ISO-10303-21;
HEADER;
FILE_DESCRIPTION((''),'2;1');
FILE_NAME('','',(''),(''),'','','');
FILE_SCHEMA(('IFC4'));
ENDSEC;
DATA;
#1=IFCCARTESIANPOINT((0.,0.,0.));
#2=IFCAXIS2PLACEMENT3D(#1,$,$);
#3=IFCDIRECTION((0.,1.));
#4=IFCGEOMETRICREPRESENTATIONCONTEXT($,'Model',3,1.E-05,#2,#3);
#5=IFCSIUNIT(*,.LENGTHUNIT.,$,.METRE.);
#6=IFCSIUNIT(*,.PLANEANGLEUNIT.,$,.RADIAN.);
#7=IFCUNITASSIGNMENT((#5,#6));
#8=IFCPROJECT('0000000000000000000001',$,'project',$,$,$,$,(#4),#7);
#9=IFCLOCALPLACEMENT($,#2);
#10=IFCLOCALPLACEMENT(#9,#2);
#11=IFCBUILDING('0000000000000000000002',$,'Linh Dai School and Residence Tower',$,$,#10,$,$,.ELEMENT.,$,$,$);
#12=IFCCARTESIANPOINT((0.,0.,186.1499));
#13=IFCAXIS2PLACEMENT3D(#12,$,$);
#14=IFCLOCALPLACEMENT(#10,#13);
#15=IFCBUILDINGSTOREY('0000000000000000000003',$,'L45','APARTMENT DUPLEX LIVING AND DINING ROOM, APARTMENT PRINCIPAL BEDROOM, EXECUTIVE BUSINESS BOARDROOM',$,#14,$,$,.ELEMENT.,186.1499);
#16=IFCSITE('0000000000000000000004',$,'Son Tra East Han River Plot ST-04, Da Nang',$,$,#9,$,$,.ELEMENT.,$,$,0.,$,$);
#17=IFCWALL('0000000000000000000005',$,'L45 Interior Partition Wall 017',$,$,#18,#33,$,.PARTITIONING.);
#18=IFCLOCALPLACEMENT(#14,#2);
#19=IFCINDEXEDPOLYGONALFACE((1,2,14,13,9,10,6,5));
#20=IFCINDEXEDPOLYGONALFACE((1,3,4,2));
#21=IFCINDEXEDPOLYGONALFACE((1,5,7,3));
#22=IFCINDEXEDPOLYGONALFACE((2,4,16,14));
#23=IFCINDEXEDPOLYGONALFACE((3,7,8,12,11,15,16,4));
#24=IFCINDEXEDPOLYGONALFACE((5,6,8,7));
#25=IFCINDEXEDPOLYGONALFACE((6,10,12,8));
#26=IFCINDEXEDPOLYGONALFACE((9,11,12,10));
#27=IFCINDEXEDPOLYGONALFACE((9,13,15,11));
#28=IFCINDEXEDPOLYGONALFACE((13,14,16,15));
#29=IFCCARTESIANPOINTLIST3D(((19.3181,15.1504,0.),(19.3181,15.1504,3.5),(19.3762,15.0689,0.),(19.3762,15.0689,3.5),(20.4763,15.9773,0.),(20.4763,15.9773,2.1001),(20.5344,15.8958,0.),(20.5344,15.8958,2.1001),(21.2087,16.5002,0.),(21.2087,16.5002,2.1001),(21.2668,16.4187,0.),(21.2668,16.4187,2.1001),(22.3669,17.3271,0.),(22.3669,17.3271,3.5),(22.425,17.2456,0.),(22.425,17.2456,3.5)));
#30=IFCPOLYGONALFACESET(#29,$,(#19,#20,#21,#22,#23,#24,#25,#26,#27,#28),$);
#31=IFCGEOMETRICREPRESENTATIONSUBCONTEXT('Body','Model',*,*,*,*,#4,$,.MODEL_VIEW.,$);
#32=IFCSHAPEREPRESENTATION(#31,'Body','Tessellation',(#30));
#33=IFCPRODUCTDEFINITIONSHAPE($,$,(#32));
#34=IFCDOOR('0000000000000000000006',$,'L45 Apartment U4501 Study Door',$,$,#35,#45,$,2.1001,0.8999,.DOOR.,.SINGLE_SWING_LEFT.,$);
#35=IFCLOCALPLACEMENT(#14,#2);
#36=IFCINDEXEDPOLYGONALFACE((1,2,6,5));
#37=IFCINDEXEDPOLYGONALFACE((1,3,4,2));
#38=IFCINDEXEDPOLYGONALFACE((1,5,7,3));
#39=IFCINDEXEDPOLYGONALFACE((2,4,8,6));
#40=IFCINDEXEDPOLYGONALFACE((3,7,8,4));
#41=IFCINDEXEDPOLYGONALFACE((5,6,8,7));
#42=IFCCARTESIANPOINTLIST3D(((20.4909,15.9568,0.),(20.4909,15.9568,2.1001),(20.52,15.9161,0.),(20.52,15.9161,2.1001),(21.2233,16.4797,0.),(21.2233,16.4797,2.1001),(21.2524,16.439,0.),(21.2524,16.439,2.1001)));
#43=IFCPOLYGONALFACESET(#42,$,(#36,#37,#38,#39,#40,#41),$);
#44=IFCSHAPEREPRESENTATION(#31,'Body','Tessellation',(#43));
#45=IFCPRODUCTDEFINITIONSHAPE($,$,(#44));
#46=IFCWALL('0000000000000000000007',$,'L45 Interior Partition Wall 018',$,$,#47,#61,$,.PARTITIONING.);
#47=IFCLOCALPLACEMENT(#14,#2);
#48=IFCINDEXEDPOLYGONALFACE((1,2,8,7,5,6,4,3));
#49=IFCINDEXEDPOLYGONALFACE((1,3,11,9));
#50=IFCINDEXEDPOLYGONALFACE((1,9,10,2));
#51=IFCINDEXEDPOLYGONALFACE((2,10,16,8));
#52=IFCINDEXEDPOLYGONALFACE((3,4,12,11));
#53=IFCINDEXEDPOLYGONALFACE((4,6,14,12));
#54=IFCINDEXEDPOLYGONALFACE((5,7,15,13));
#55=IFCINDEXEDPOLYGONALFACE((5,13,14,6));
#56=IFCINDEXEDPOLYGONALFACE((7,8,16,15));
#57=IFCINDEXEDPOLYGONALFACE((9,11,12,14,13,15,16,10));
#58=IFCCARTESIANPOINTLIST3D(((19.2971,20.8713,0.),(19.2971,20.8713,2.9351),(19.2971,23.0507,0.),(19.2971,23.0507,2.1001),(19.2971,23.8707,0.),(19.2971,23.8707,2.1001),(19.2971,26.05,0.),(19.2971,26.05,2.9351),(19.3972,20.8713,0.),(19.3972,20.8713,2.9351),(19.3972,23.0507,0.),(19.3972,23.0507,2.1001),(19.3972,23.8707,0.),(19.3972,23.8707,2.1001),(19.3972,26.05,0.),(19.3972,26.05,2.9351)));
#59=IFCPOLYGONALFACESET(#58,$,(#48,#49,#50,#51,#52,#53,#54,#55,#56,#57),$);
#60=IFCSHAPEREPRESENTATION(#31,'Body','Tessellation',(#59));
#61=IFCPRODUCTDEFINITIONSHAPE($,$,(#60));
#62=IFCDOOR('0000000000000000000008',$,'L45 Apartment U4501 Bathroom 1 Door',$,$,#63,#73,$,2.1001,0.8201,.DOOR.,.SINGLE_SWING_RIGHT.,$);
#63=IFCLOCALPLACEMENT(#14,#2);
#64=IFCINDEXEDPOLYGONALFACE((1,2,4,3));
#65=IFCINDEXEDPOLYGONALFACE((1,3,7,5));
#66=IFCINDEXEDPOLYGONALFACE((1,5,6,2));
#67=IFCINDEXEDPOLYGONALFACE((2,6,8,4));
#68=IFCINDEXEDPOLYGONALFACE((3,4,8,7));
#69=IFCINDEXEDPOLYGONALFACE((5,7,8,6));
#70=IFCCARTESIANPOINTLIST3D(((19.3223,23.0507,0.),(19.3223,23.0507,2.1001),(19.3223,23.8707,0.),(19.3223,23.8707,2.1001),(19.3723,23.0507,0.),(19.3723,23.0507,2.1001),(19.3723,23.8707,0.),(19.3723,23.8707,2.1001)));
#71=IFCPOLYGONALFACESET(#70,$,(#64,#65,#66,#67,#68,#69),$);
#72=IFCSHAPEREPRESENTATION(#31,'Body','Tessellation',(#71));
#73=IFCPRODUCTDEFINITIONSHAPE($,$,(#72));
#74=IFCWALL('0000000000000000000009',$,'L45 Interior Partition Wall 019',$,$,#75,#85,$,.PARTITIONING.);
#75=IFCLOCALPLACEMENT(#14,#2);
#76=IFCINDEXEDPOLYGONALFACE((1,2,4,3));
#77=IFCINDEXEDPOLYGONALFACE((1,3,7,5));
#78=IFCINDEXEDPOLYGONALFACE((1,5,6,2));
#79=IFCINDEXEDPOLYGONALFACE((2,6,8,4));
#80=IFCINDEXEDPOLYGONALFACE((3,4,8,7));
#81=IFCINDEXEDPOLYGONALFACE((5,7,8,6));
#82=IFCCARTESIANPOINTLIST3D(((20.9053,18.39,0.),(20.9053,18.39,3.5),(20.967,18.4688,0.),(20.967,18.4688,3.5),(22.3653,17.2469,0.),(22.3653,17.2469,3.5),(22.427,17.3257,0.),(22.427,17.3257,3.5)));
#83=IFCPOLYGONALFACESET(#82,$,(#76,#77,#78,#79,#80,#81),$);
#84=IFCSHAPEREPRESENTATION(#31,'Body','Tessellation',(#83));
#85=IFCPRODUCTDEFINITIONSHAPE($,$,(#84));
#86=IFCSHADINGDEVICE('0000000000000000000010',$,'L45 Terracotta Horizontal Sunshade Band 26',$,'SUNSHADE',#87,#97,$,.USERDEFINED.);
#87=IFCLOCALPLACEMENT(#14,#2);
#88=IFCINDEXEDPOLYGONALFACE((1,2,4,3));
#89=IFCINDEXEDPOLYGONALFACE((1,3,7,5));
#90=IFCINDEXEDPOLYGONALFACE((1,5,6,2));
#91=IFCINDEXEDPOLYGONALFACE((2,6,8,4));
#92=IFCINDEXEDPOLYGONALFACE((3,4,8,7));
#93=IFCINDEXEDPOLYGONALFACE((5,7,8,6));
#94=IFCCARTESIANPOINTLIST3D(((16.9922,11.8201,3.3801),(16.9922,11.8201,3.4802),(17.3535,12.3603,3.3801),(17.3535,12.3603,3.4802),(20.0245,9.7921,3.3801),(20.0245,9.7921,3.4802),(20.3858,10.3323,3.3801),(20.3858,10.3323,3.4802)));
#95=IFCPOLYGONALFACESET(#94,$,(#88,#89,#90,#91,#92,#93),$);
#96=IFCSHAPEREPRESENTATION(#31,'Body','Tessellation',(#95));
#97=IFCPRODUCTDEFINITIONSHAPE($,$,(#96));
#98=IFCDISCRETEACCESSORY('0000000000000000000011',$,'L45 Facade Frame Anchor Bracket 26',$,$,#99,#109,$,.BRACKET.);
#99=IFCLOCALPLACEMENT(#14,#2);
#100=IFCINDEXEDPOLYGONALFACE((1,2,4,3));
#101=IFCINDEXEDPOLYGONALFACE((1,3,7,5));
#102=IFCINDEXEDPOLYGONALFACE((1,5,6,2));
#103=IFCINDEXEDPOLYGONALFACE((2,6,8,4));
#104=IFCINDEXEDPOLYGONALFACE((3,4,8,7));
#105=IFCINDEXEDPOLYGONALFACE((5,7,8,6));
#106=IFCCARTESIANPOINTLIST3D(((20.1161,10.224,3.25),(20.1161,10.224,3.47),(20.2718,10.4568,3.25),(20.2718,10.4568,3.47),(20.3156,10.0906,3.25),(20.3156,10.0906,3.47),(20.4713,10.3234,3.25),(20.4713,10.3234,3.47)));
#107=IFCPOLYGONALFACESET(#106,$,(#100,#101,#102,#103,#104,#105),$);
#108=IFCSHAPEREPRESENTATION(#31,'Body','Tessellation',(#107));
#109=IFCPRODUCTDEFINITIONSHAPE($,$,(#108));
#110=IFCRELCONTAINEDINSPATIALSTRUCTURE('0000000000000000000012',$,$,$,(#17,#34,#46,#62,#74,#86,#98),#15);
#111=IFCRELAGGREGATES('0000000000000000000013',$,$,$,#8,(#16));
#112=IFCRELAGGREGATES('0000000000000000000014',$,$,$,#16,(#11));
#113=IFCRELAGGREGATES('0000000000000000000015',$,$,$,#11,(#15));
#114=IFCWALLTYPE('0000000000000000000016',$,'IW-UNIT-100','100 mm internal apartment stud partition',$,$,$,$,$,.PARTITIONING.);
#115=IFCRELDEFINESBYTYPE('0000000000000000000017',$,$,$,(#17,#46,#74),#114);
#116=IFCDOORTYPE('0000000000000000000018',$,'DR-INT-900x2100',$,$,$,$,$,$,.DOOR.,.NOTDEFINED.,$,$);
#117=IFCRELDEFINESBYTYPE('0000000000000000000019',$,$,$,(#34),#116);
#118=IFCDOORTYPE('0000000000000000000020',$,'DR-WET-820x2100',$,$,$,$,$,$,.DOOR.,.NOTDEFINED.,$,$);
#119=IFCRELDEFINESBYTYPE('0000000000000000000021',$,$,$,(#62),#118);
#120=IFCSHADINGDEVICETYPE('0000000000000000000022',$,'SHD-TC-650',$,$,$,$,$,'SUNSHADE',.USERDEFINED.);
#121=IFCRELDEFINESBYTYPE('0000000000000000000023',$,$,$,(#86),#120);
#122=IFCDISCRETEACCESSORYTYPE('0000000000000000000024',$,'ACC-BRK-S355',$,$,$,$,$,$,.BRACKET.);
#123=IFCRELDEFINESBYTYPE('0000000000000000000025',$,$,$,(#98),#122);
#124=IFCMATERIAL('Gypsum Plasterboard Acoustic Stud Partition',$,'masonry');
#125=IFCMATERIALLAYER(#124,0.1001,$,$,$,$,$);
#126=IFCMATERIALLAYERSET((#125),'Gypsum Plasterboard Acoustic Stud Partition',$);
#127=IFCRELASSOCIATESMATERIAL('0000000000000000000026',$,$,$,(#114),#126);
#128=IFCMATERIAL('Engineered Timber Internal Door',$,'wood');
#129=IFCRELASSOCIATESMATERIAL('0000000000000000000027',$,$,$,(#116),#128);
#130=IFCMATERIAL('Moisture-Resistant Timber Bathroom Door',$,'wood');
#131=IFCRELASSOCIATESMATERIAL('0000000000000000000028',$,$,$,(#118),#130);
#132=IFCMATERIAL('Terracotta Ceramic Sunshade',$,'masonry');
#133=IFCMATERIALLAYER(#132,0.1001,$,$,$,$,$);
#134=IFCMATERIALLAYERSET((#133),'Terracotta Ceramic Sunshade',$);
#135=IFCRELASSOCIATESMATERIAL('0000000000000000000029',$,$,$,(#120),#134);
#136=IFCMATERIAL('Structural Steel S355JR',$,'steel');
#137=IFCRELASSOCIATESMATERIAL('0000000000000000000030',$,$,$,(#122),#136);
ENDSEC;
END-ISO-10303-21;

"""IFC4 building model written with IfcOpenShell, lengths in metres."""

from ifc_helpers import new_model, si_unit, direction, frame, frame_2d, origin, origin_2d, place, context, subcontext, project, spatial, rectangle, extrude, source, transform, mapped, material, layer, layer_set, type_object, element, fill, save


model = new_model("IFC4")

# Units and contexts
model_context = context("Model", 3, precision=1e-05, world=origin(), true_north=direction((0.0, 1.0)))
body_context = subcontext(model_context, "Body", "Model", "MODEL_VIEW")
ifc_project = project(units=[si_unit("LENGTHUNIT", "METRE"), si_unit("PLANEANGLEUNIT", "RADIAN")], contexts=[model_context])

# Site, building, storey
site_placement = place(None, origin())
site = spatial("IfcSite", under=ifc_project, at=site_placement, Name="Son Tra East Han River Plot ST-04, Da Nang", CompositionType="ELEMENT", RefElevation=0.0)
building_placement = place(site_placement, origin())
building = spatial("IfcBuilding", under=site, at=building_placement, Name="Linh Dai School and Residence Tower", CompositionType="ELEMENT")
storey_placement = place(building_placement, frame((0.0, 0.0, 186.1499)))
storey = spatial("IfcBuildingStorey", under=building, at=storey_placement, Name="L45", Description="APARTMENT DUPLEX LIVING AND DINING ROOM, APARTMENT PRINCIPAL BEDROOM, EXECUTIVE BUSINESS BOARDROOM", CompositionType="ELEMENT", Elevation=186.1499)

# Shared definitions
ifc_material_1 = material(Name="Structural Steel S355JR", Category="steel")

# Shared definitions
ifc_material_2 = material(Name="Gypsum Plasterboard Acoustic Stud Partition", Category="masonry")
ifc_layer_1 = layer(ifc_material_2, 0.1001)
ifc_layer_set_1 = layer_set([ifc_layer_1], Name="Gypsum Plasterboard Acoustic Stud Partition")
wall_type_1 = type_object("IfcWallType", Name="IW-UNIT-100", Description="100 mm internal apartment stud partition", PredefinedType="PARTITIONING", material=ifc_layer_set_1)

# Walls, openings, doors
ifc_material_3 = material(Name="Engineered Timber Internal Door", Category="wood")
door_type_1 = type_object("IfcDoorType", Name="DR-INT-900x2100", OperationType="NOTDEFINED", PredefinedType="DOOR", material=ifc_material_3)
shared_shape_1 = source(origin(), body_context, "Body", "SweptSolid", [
    extrude(rectangle(XDim=0.8999, YDim=2.1001, at=origin_2d()), frame((0.45, 0.0249, 1.05), z_axis=(0.0, -1.0, 0.0), x_axis=(1.0, 0.0, 0.0)), (0.0, 0.0, 1.0), 0.05),
])
wall_1_placement = place(storey_placement, frame((19.3472, 15.1096, 0.0), z_axis=(0.0, 0.0, 1.0), x_axis=(0.813857, 0.581066, 0.0)))
wall_1 = element("IfcWall", 1, at=wall_1_placement, inside=storey, type_object=wall_type_1, Name="L45 Interior Partition Wall 017", PredefinedType="PARTITIONING", context=body_context, shape_type="SweptSolid", body=[
    extrude(rectangle(XDim=3.7461, YDim=0.1001, at=frame_2d((1.873, 0.0))), origin(), (0.0, 0.0, 1.0), 3.5),
])
opening_1_placement = place(wall_1_placement, frame((1.4231, 0.0, 0.0)))
opening_1 = element("IfcOpeningElement", 2, at=opening_1_placement, cuts=wall_1, PredefinedType="OPENING", context=body_context, shape_type="SweptSolid", body=[
    extrude(rectangle(XDim=0.8999, YDim=2.1001, at=origin_2d()), frame((0.45, 0.0601, 1.05), z_axis=(0.0, -1.0, 0.0), x_axis=(1.0, 0.0, 0.0)), (0.0, 0.0, 1.0), 0.1201),
])
door_1_placement = place(opening_1_placement, origin())
door_1 = element("IfcDoor", 3, at=door_1_placement, inside=storey, type_object=door_type_1, Name="L45 Apartment U4501 Study Door", OperationType="SINGLE_SWING_LEFT", OverallHeight=2.1001, OverallWidth=0.8999, PredefinedType="DOOR", context=body_context, shape_type="MappedRepresentation", body=[
    mapped(shared_shape_1, transform((0.0, 0.0, 0.0), x_axis=(1.0, 0.0, 0.0), y_axis=(0.0, 1.0, 0.0), z_axis=(0.0, 0.0, 1.0), scale=1.0)),
])
fill(opening_1, door_1)
wall_2_placement = place(storey_placement, frame((19.3472, 20.8713, 0.0), z_axis=(0.0, 0.0, 1.0), x_axis=(0.0, 1.0, 0.0)))
wall_2 = element("IfcWall", 4, at=wall_2_placement, inside=storey, type_object=wall_type_1, Name="L45 Interior Partition Wall 018", PredefinedType="PARTITIONING", context=body_context, shape_type="SweptSolid", body=[
    extrude(rectangle(XDim=5.1787, YDim=0.1001, at=frame_2d((2.5894, 0.0))), origin(), (0.0, 0.0, 1.0), 2.9351),
])
opening_2_placement = place(wall_2_placement, frame((2.1792, 0.0, 0.0)))
opening_2 = element("IfcOpeningElement", 5, at=opening_2_placement, cuts=wall_2, PredefinedType="OPENING", context=body_context, shape_type="SweptSolid", body=[
    extrude(rectangle(XDim=0.8201, YDim=2.1001, at=origin_2d()), frame((0.4102, 0.0601, 1.05), z_axis=(0.0, -1.0, 0.0), x_axis=(1.0, 0.0, 0.0)), (0.0, 0.0, 1.0), 0.1201),
])
ifc_material_4 = material(Name="Moisture-Resistant Timber Bathroom Door", Category="wood")
door_type_2 = type_object("IfcDoorType", Name="DR-WET-820x2100", OperationType="NOTDEFINED", PredefinedType="DOOR", material=ifc_material_4)
shared_shape_2 = source(origin(), body_context, "Body", "SweptSolid", [
    extrude(rectangle(XDim=0.8201, YDim=2.1001, at=origin_2d()), frame((0.4102, 0.0249, 1.05), z_axis=(0.0, -1.0, 0.0), x_axis=(1.0, 0.0, 0.0)), (0.0, 0.0, 1.0), 0.05),
])
door_2_placement = place(opening_2_placement, origin())
door_2 = element("IfcDoor", 6, at=door_2_placement, inside=storey, type_object=door_type_2, Name="L45 Apartment U4501 Bathroom 1 Door", OperationType="SINGLE_SWING_RIGHT", OverallHeight=2.1001, OverallWidth=0.8201, PredefinedType="DOOR", context=body_context, shape_type="MappedRepresentation", body=[
    mapped(shared_shape_2, transform((0.0, 0.0, 0.0), x_axis=(1.0, 0.0, 0.0), y_axis=(0.0, 1.0, 0.0), z_axis=(0.0, 0.0, 1.0), scale=1.0)),
])
fill(opening_2, door_2)

# Wall
wall_3_placement = place(storey_placement, frame((20.936, 18.4294, 0.0), z_axis=(0.0, 0.0, 1.0), x_axis=(0.787377, -0.616472, 0.0)))
element("IfcWall", 7, at=wall_3_placement, inside=storey, type_object=wall_type_1, Name="L45 Interior Partition Wall 019", PredefinedType="PARTITIONING", context=body_context, shape_type="SweptSolid", body=[
    extrude(rectangle(XDim=1.8542, YDim=0.1001, at=frame_2d((0.9272, 0.0))), origin(), (0.0, 0.0, 1.0), 3.5),
])

# Shading device
ifc_material_5 = material(Name="Terracotta Ceramic Sunshade", Category="masonry")
ifc_layer_2 = layer(ifc_material_5, 0.1001)
ifc_layer_set_2 = layer_set([ifc_layer_2], Name="Terracotta Ceramic Sunshade")
shading_device_type = type_object("IfcShadingDeviceType", Name="SHD-TC-650", ElementType="SUNSHADE", PredefinedType="USERDEFINED", material=ifc_layer_set_2)
shared_shape_3 = source(origin(), body_context, "Body", "SweptSolid", [
    extrude(rectangle(XDim=3.6479, YDim=0.6499, at=origin_2d()), origin(), (0.0, 0.0, 1.0), 0.1001),
])
shading_device_placement = place(storey_placement, frame((18.689, 11.0762, 3.3801), z_axis=(0.0, 0.0, 1.0), x_axis=(-0.831228, 0.555931, 0.0)))
element("IfcShadingDevice", 8, at=shading_device_placement, inside=storey, type_object=shading_device_type, Name="L45 Terracotta Horizontal Sunshade Band 26", ObjectType="SUNSHADE", PredefinedType="USERDEFINED", context=body_context, shape_type="MappedRepresentation", body=[
    mapped(shared_shape_3, transform((0.0, 0.0, 0.0), x_axis=(1.0, 0.0, 0.0), y_axis=(0.0, 1.0, 0.0), z_axis=(0.0, 0.0, 1.0), scale=1.0)),
])

# Discrete accessory
discrete_accessory_type = type_object("IfcDiscreteAccessoryType", Name="ACC-BRK-S355", PredefinedType="BRACKET", material=ifc_material_1)
shared_shape_4 = source(origin(), body_context, "Body", "SweptSolid", [
    extrude(rectangle(XDim=0.28, YDim=0.24, at=origin_2d()), origin(), (0.0, 0.0, 1.0), 0.22),
])
discrete_accessory_placement = place(storey_placement, frame((20.2937, 10.2737, 3.25), z_axis=(0.0, 0.0, 1.0), x_axis=(-0.555931, -0.831228, 0.0)))
element("IfcDiscreteAccessory", 9, at=discrete_accessory_placement, inside=storey, type_object=discrete_accessory_type, Name="L45 Facade Frame Anchor Bracket 26", PredefinedType="BRACKET", context=body_context, shape_type="MappedRepresentation", body=[
    mapped(shared_shape_4, transform((0.0, 0.0, 0.0), x_axis=(1.0, 0.0, 0.0), y_axis=(0.0, 1.0, 0.0), z_axis=(0.0, 0.0, 1.0), scale=1.0)),
])

save(model, "model.ifc")
